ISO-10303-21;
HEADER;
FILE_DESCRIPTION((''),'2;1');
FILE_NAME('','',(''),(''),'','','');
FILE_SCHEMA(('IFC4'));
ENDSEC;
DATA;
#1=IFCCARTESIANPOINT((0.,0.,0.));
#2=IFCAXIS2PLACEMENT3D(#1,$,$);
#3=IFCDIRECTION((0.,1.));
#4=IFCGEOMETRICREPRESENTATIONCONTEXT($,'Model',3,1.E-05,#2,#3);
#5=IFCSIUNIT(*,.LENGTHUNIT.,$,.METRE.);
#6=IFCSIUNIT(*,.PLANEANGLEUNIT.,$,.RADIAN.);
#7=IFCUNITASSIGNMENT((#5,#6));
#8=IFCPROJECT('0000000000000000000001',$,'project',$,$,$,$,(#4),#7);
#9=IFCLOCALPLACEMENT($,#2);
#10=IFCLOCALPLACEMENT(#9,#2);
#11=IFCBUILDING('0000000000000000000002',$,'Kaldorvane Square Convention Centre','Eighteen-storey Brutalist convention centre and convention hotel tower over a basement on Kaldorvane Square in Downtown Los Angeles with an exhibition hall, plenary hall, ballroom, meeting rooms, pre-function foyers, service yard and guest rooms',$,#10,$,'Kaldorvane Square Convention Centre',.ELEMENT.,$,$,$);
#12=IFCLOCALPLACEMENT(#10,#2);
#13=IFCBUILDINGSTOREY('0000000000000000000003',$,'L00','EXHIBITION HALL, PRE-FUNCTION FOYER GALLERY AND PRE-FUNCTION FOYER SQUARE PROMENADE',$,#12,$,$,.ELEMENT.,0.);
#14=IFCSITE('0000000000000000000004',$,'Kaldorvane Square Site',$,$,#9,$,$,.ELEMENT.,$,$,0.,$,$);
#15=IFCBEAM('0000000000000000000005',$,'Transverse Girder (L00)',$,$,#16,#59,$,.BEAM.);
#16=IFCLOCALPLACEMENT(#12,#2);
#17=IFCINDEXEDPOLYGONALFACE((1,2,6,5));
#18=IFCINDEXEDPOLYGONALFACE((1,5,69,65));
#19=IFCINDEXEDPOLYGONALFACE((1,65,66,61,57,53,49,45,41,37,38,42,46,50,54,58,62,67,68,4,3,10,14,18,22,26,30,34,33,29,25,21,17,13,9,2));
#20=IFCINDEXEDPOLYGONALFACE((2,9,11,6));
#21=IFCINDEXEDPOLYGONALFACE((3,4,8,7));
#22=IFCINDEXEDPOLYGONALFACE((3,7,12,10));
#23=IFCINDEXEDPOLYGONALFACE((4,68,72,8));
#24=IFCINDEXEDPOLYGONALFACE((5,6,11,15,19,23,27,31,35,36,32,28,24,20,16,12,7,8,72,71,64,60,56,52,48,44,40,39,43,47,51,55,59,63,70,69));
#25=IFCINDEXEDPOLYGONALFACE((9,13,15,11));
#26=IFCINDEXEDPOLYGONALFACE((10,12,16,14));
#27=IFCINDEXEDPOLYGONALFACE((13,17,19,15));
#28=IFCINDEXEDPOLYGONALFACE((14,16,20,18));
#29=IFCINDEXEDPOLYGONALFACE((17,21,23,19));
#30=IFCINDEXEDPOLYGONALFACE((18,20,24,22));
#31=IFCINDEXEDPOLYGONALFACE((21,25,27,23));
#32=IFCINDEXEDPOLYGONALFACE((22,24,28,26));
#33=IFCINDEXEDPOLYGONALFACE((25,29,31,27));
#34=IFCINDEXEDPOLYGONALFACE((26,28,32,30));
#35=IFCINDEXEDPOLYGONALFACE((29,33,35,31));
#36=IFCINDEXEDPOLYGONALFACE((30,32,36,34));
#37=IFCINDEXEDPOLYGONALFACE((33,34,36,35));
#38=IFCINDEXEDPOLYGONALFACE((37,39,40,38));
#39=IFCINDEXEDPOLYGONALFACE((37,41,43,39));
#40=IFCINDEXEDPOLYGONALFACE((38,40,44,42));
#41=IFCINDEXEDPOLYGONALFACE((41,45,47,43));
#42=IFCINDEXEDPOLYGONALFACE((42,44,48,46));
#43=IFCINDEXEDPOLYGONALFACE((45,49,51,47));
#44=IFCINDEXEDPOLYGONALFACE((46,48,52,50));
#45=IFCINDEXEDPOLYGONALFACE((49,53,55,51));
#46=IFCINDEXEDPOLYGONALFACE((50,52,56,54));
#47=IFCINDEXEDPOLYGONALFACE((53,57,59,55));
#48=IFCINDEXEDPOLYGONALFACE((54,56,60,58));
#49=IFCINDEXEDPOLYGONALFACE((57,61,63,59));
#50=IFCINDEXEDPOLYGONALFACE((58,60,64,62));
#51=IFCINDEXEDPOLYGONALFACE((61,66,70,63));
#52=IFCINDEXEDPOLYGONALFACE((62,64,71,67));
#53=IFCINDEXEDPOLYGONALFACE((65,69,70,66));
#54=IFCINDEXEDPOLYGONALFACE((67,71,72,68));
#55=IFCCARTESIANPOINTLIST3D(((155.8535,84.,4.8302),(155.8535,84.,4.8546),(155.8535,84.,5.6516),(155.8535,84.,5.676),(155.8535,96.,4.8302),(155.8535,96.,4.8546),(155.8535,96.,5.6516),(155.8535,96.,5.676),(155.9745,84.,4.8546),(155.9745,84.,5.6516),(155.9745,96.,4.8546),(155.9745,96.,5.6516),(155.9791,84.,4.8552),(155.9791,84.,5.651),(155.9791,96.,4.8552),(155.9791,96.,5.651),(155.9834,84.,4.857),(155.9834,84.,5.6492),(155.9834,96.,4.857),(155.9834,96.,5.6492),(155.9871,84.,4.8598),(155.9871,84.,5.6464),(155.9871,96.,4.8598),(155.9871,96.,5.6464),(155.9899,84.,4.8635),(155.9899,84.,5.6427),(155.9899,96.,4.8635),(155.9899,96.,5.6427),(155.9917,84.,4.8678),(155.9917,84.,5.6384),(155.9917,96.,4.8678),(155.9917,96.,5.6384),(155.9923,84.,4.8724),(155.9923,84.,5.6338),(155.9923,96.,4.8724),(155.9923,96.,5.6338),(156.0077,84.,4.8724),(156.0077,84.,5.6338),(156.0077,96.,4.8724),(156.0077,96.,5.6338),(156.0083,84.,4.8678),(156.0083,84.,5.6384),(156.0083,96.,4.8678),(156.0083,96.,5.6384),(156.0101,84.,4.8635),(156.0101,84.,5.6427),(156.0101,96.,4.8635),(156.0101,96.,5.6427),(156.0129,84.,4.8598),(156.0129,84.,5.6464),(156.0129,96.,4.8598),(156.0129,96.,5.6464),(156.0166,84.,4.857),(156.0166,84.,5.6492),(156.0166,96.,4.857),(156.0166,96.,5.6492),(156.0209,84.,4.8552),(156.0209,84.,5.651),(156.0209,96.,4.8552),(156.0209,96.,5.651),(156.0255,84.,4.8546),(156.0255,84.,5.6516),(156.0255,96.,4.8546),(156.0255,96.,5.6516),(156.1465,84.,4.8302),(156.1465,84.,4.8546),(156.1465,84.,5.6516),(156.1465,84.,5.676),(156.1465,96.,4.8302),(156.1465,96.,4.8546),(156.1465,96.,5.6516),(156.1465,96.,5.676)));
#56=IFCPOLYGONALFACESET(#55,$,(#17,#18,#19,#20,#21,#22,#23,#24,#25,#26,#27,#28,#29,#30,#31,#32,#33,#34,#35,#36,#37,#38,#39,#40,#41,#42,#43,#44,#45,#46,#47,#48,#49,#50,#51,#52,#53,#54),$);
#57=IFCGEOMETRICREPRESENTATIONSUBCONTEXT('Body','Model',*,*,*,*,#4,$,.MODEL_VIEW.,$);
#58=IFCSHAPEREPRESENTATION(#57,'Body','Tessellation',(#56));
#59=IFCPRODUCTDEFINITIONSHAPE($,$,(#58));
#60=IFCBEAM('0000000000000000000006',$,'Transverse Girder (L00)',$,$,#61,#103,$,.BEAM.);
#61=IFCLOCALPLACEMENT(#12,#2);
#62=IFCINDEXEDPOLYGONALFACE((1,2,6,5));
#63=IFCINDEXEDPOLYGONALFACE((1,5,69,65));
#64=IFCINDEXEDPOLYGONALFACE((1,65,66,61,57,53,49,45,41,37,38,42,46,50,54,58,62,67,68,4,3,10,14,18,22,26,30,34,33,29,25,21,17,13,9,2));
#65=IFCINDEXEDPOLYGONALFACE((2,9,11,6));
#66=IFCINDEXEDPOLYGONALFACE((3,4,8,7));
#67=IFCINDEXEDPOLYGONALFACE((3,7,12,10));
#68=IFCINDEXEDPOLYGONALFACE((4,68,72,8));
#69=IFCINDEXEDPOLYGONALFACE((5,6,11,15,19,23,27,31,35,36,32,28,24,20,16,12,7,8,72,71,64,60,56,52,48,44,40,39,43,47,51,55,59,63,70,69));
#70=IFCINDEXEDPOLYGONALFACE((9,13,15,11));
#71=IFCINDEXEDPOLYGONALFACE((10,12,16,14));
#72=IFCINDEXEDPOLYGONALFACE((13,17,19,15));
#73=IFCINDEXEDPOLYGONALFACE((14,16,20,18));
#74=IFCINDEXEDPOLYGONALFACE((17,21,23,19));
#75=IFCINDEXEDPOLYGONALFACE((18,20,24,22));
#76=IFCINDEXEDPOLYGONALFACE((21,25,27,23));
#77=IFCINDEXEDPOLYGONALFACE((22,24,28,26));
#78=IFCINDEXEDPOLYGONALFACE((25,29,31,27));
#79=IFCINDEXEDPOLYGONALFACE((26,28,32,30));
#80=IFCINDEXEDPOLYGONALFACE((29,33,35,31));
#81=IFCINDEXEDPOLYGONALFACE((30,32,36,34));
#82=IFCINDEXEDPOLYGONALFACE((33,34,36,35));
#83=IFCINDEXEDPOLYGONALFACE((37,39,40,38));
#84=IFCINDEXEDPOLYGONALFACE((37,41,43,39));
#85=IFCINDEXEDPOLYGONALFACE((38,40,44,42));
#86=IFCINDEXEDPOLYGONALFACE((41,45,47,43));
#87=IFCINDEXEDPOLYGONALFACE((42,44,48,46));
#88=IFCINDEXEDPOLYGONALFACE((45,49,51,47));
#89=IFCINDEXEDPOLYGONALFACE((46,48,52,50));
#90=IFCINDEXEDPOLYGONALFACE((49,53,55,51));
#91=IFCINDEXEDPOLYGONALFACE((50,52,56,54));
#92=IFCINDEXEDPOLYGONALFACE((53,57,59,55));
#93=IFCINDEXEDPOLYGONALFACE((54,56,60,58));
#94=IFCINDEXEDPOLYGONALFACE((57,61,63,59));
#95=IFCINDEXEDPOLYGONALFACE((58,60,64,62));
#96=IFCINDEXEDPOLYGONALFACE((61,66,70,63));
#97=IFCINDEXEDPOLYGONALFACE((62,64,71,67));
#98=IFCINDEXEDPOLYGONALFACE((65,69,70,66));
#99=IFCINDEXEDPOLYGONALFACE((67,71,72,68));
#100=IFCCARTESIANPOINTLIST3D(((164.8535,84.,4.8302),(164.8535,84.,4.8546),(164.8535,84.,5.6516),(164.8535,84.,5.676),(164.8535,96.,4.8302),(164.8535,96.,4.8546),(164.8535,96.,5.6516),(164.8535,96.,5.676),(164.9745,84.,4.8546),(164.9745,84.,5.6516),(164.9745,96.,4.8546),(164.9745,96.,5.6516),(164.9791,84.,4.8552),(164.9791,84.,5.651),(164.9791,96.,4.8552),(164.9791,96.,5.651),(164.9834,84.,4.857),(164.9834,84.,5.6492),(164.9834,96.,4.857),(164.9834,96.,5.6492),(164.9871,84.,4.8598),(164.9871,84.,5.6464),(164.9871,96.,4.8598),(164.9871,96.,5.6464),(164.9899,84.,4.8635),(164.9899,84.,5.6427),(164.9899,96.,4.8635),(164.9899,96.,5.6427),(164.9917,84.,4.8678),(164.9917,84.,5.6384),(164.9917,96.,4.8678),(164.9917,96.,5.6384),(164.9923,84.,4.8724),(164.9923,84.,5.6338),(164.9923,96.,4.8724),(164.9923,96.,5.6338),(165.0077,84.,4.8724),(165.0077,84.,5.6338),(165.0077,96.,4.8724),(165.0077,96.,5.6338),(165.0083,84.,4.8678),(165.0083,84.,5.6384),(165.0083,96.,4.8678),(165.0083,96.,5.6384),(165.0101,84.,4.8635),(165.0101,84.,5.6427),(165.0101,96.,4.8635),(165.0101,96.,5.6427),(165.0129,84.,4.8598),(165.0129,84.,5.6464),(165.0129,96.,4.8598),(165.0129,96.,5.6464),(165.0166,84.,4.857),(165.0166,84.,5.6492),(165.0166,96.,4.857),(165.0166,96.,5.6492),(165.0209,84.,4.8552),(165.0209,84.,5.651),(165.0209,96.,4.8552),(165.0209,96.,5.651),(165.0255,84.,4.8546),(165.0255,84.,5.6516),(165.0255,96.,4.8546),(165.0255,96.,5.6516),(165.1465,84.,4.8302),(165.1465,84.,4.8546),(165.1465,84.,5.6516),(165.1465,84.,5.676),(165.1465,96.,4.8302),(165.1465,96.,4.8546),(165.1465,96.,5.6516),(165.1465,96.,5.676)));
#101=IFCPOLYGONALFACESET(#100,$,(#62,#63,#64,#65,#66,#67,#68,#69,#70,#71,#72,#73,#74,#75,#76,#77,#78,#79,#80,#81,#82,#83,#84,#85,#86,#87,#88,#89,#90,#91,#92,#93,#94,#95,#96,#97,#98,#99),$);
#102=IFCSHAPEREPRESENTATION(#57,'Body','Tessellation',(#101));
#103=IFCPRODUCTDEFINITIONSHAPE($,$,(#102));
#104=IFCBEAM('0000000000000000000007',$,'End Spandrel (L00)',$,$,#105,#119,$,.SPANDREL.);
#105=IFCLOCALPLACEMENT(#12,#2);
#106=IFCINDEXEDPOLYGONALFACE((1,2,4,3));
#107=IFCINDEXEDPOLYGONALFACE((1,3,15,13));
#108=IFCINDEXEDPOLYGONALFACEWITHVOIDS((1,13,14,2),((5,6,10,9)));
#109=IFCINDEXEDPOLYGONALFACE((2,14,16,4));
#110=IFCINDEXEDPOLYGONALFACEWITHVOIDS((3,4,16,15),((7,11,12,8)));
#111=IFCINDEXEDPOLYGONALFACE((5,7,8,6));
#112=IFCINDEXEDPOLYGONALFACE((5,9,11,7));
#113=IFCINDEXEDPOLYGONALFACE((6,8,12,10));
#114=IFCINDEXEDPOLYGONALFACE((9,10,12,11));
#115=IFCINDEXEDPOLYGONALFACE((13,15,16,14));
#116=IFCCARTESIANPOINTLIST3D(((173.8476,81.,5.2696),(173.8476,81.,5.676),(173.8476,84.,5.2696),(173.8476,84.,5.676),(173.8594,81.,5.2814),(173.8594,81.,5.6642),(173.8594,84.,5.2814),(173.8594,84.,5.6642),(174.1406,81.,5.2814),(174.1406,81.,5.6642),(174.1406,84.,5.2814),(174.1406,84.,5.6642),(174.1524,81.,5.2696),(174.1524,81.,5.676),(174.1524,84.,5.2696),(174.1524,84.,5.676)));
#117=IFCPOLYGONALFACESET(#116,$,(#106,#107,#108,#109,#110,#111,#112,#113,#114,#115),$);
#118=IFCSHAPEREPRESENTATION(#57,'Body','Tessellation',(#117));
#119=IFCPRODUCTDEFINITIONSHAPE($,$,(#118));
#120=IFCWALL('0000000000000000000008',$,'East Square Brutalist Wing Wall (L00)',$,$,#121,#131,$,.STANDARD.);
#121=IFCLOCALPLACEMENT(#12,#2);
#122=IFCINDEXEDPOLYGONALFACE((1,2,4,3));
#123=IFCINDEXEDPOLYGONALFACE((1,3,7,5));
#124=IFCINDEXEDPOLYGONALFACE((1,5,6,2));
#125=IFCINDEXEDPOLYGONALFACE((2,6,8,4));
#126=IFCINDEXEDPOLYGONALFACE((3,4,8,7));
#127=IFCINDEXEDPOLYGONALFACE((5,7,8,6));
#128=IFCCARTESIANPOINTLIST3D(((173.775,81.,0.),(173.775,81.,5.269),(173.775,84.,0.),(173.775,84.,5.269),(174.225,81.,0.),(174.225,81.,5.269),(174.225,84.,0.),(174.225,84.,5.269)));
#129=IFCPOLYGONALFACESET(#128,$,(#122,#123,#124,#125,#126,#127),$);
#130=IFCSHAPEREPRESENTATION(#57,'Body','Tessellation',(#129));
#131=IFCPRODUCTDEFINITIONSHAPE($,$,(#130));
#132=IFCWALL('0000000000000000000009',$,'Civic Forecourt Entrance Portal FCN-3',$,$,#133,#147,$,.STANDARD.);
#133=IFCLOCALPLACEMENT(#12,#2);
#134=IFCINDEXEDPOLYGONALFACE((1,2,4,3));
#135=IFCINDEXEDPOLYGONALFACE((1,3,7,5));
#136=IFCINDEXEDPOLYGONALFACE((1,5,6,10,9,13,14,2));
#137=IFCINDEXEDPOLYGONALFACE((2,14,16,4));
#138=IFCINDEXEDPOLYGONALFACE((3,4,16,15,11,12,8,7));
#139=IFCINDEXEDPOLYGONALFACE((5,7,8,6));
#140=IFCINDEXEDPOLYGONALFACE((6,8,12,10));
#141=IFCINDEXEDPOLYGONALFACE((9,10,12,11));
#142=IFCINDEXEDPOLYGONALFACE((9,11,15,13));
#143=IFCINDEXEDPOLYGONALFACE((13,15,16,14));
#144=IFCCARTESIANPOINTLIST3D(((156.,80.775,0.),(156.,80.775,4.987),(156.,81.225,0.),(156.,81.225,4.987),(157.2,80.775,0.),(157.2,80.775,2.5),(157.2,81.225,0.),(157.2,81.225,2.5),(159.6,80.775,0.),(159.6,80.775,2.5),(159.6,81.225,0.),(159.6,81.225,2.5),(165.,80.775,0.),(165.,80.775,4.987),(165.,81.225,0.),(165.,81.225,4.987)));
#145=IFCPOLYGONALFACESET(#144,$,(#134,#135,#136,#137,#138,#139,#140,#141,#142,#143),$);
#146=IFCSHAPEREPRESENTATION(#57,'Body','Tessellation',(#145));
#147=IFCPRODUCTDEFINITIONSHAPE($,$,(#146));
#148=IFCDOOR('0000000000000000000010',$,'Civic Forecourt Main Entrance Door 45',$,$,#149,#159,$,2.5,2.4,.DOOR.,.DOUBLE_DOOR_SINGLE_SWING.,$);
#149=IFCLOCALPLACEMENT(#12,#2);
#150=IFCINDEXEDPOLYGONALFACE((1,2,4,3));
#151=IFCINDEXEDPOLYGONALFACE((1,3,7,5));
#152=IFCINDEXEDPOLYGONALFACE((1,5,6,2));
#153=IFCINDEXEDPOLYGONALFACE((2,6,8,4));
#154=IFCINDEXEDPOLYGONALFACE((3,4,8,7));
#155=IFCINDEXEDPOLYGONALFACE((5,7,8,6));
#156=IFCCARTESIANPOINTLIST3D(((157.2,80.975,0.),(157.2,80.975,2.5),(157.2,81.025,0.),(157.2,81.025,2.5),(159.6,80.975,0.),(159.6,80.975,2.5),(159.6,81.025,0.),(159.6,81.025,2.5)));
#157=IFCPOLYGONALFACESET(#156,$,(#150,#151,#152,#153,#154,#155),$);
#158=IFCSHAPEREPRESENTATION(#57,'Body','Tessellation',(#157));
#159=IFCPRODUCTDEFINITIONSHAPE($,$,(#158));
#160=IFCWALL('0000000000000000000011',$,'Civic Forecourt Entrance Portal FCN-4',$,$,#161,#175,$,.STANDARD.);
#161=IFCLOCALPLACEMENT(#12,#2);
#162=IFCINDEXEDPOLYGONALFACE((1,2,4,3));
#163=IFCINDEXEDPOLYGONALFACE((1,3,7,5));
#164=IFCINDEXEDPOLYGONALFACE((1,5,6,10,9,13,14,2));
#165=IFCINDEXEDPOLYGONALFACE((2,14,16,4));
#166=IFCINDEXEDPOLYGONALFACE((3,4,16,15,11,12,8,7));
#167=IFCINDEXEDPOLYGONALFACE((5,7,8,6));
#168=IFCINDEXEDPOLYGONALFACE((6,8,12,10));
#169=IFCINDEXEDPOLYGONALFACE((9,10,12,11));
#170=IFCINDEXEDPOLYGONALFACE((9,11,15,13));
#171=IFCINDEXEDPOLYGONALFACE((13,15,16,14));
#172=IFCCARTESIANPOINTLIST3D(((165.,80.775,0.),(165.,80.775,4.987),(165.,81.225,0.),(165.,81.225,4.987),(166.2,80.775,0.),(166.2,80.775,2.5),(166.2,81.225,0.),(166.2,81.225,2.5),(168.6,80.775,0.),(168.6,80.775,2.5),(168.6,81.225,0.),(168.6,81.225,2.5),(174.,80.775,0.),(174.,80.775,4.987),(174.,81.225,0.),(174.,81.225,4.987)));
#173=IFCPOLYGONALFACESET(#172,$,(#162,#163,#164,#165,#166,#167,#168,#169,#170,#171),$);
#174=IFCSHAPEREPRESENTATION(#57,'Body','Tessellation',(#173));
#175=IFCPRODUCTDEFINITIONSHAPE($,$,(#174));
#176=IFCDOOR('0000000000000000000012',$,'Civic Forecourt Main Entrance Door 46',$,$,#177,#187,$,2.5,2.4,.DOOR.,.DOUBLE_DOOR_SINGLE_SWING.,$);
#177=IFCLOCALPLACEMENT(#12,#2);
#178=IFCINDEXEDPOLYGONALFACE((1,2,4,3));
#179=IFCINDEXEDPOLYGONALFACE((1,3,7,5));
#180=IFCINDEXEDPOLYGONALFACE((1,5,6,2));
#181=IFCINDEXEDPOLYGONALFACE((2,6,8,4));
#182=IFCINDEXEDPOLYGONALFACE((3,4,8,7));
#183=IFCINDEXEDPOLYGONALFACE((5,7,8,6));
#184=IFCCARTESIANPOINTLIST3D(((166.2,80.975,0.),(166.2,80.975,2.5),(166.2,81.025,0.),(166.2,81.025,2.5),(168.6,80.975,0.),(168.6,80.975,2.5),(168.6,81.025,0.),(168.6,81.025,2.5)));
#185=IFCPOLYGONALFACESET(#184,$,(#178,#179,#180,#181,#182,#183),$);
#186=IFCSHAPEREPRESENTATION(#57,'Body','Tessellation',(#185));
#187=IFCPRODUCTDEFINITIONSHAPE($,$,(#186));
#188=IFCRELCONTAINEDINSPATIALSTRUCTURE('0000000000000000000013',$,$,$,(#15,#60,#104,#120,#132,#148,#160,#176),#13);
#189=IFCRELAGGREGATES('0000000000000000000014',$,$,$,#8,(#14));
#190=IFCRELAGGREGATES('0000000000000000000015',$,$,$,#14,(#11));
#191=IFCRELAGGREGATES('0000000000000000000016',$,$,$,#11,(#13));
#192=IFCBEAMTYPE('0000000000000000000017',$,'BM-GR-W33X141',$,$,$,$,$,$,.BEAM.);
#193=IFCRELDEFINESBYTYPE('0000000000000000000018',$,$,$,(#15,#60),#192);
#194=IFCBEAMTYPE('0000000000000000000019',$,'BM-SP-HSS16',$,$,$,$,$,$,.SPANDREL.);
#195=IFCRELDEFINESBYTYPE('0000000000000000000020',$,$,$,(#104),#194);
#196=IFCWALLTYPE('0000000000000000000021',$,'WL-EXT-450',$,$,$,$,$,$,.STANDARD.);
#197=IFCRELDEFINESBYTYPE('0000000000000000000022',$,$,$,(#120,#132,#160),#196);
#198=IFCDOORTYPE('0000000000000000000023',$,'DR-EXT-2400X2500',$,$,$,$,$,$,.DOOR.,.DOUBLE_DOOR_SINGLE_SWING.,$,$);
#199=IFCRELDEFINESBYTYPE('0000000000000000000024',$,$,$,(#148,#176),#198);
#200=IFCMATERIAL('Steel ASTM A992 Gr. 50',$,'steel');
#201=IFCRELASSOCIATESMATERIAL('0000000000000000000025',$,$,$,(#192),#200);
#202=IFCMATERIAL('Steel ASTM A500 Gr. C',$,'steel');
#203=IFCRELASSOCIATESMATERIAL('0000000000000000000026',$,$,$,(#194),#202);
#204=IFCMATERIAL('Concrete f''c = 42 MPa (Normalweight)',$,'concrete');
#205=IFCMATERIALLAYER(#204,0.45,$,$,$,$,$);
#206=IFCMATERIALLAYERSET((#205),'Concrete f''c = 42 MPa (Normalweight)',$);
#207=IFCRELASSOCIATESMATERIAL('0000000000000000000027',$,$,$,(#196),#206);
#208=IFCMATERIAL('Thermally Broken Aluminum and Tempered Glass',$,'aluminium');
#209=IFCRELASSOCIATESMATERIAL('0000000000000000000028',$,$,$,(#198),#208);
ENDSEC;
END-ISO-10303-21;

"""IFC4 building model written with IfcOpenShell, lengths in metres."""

from ifc_helpers import new_model, si_unit, direction, frame, frame_2d, origin, origin_2d, place, context, subcontext, project, spatial, rectangle, hollow_rectangle, i_section, extrude, material, layer, layer_set, material_profile, profile_set, type_object, element, fill, save


model = new_model("IFC4")

# Units and contexts
model_context = context("Model", 3, precision=1e-05, world=origin(), true_north=direction((0.0, 1.0)))
body_context = subcontext(model_context, "Body", "Model", "MODEL_VIEW")
ifc_project = project(units=[si_unit("LENGTHUNIT", "METRE"), si_unit("PLANEANGLEUNIT", "RADIAN")], contexts=[model_context])

# Site, building, storey
site_placement = place(None, origin())
site = spatial("IfcSite", under=ifc_project, at=site_placement, Name="Kaldorvane Square Site", CompositionType="ELEMENT", RefElevation=0.0)
building_placement = place(site_placement, origin())
building = spatial("IfcBuilding", under=site, at=building_placement, Name="Kaldorvane Square Convention Centre", Description="Eighteen-storey Brutalist convention centre and convention hotel tower over a basement on Kaldorvane Square in Downtown Los Angeles with an exhibition hall, plenary hall, ballroom, meeting rooms, pre-function foyers, service yard and guest rooms", LongName="Kaldorvane Square Convention Centre", CompositionType="ELEMENT")
storey_placement = place(building_placement, origin())
storey = spatial("IfcBuildingStorey", under=building, at=storey_placement, Name="L00", Description="EXHIBITION HALL, PRE-FUNCTION FOYER GALLERY AND PRE-FUNCTION FOYER SQUARE PROMENADE", CompositionType="ELEMENT", Elevation=0.0)

# Shared definitions
ifc_material_1 = material(Name="Steel ASTM A992 Gr. 50", Category="steel")

# Beams
ifc_material_profile_1 = material_profile(ifc_material_1, i_section(OverallWidth=0.293, OverallDepth=0.8458, WebThickness=0.0154, FlangeThickness=0.0244, FilletRadius=0.0178, at=origin_2d()), Name="W33X141")
ifc_profile_set_1 = profile_set([ifc_material_profile_1], Name="Steel ASTM A992 Gr. 50")
beam_type_1 = type_object("IfcBeamType", Name="BM-GR-W33X141", PredefinedType="BEAM", material=ifc_profile_set_1)
for number, where, z_axis, x_axis, name in (
    (1, (156.0, 84.0, 5.2531), (0.0, 1.0, 0.0), (-1.0, 0.0, 0.0), "Transverse Girder (L00)"),
    (2, (165.0, 84.0, 5.2531), (0.0, 1.0, 0.0), (-1.0, 0.0, 0.0), "Transverse Girder (L00)"),
):
    element("IfcBeam", number, at=place(storey_placement, frame(where, z_axis=z_axis, x_axis=x_axis)), inside=storey, type_object=beam_type_1, Name=name, PredefinedType="BEAM", context=body_context, shape_type="SweptSolid", body=[
        extrude(i_section(OverallWidth=0.293, OverallDepth=0.8458, WebThickness=0.0154, FlangeThickness=0.0244, FilletRadius=0.0178, at=origin_2d()), origin(), (0.0, 0.0, 1.0), 12.0),
    ])
ifc_material_2 = material(Name="Steel ASTM A500 Gr. C", Category="steel")
ifc_material_profile_2 = material_profile(ifc_material_2, hollow_rectangle(XDim=0.3048, YDim=0.4064, WallThickness=0.0118, at=origin_2d()), Name="HSS16X12X1/2")
ifc_profile_set_2 = profile_set([ifc_material_profile_2], Name="Steel ASTM A500 Gr. C")
beam_type_2 = type_object("IfcBeamType", Name="BM-SP-HSS16", PredefinedType="SPANDREL", material=ifc_profile_set_2)
beam_placement = place(storey_placement, frame((174.0, 81.0, 5.4728), z_axis=(0.0, 1.0, 0.0), x_axis=(-1.0, 0.0, 0.0)))
element("IfcBeam", 3, at=beam_placement, inside=storey, type_object=beam_type_2, Name="End Spandrel (L00)", PredefinedType="SPANDREL", context=body_context, shape_type="SweptSolid", body=[
    extrude(hollow_rectangle(XDim=0.3048, YDim=0.4064, WallThickness=0.0118, at=origin_2d()), origin(), (0.0, 0.0, 1.0), 3.0),
])

# Wall
ifc_material_3 = material(Name="Concrete f'c = 42 MPa (Normalweight)", Category="concrete")
ifc_layer = layer(ifc_material_3, 0.45)
ifc_layer_set = layer_set([ifc_layer], Name="Concrete f'c = 42 MPa (Normalweight)")
wall_type = type_object("IfcWallType", Name="WL-EXT-450", PredefinedType="STANDARD", material=ifc_layer_set)
wall_1_placement = place(storey_placement, frame((174.0, 81.0, 0.0), z_axis=(0.0, 0.0, 1.0), x_axis=(0.0, 1.0, 0.0)))
element("IfcWall", 4, at=wall_1_placement, inside=storey, type_object=wall_type, Name="East Square Brutalist Wing Wall (L00)", PredefinedType="STANDARD", context=body_context, shape_type="SweptSolid", body=[
    extrude(rectangle(XDim=3.0, YDim=0.45, at=frame_2d((1.5, 0.0))), origin(), (0.0, 0.0, 1.0), 5.269),
])

# Walls, openings, doors
wall_2_placement = place(storey_placement, frame((156.0, 81.0, 0.0), z_axis=(0.0, 0.0, 1.0), x_axis=(1.0, 0.0, 0.0)))
wall_2 = element("IfcWall", 5, at=wall_2_placement, inside=storey, type_object=wall_type, Name="Civic Forecourt Entrance Portal FCN-3", PredefinedType="STANDARD", context=body_context, shape_type="SweptSolid", body=[
    extrude(rectangle(XDim=9.0, YDim=0.45, at=frame_2d((4.5, 0.0))), origin(), (0.0, 0.0, 1.0), 4.987),
])
opening_1_placement = place(wall_2_placement, frame((1.2, 0.0, 0.0)))
opening_1 = element("IfcOpeningElement", 6, at=opening_1_placement, cuts=wall_2, PredefinedType="OPENING", context=body_context, shape_type="SweptSolid", body=[
    extrude(rectangle(XDim=2.4, YDim=2.5, at=frame_2d((1.2, 1.25))), frame((0.0, 0.24, 0.0), z_axis=(0.0, -1.0, 0.0), x_axis=(1.0, 0.0, 0.0)), (0.0, 0.0, 1.0), 0.48),
])
ifc_material_4 = material(Name="Thermally Broken Aluminum and Tempered Glass", Category="aluminium")
door_type = type_object("IfcDoorType", Name="DR-EXT-2400X2500", OperationType="DOUBLE_DOOR_SINGLE_SWING", PredefinedType="DOOR", material=ifc_material_4)
door_1_placement = place(opening_1_placement, origin())
door_1 = element("IfcDoor", 7, at=door_1_placement, inside=storey, type_object=door_type, Name="Civic Forecourt Main Entrance Door 45", OperationType="DOUBLE_DOOR_SINGLE_SWING", OverallHeight=2.5, OverallWidth=2.4, PredefinedType="DOOR", context=body_context, shape_type="SweptSolid", body=[
    extrude(rectangle(XDim=2.4, YDim=2.5, at=frame_2d((1.2, 1.25))), frame((0.0, 0.025, 0.0), z_axis=(0.0, -1.0, 0.0), x_axis=(1.0, 0.0, 0.0)), (0.0, 0.0, 1.0), 0.05),
])
fill(opening_1, door_1)
wall_3_placement = place(storey_placement, frame((165.0, 81.0, 0.0), z_axis=(0.0, 0.0, 1.0), x_axis=(1.0, 0.0, 0.0)))
wall_3 = element("IfcWall", 8, at=wall_3_placement, inside=storey, type_object=wall_type, Name="Civic Forecourt Entrance Portal FCN-4", PredefinedType="STANDARD", context=body_context, shape_type="SweptSolid", body=[
    extrude(rectangle(XDim=9.0, YDim=0.45, at=frame_2d((4.5, 0.0))), origin(), (0.0, 0.0, 1.0), 4.987),
])
opening_2_placement = place(wall_3_placement, frame((1.2, 0.0, 0.0)))
opening_2 = element("IfcOpeningElement", 9, at=opening_2_placement, cuts=wall_3, PredefinedType="OPENING", context=body_context, shape_type="SweptSolid", body=[
    extrude(rectangle(XDim=2.4, YDim=2.5, at=frame_2d((1.2, 1.25))), frame((0.0, 0.24, 0.0), z_axis=(0.0, -1.0, 0.0), x_axis=(1.0, 0.0, 0.0)), (0.0, 0.0, 1.0), 0.48),
])
door_2_placement = place(opening_2_placement, origin())
door_2 = element("IfcDoor", 10, at=door_2_placement, inside=storey, type_object=door_type, Name="Civic Forecourt Main Entrance Door 46", OperationType="DOUBLE_DOOR_SINGLE_SWING", OverallHeight=2.5, OverallWidth=2.4, PredefinedType="DOOR", context=body_context, shape_type="SweptSolid", body=[
    extrude(rectangle(XDim=2.4, YDim=2.5, at=frame_2d((1.2, 1.25))), frame((0.0, 0.025, 0.0), z_axis=(0.0, -1.0, 0.0), x_axis=(1.0, 0.0, 0.0)), (0.0, 0.0, 1.0), 0.05),
])
fill(opening_2, door_2)

save(model, "model.ifc")
